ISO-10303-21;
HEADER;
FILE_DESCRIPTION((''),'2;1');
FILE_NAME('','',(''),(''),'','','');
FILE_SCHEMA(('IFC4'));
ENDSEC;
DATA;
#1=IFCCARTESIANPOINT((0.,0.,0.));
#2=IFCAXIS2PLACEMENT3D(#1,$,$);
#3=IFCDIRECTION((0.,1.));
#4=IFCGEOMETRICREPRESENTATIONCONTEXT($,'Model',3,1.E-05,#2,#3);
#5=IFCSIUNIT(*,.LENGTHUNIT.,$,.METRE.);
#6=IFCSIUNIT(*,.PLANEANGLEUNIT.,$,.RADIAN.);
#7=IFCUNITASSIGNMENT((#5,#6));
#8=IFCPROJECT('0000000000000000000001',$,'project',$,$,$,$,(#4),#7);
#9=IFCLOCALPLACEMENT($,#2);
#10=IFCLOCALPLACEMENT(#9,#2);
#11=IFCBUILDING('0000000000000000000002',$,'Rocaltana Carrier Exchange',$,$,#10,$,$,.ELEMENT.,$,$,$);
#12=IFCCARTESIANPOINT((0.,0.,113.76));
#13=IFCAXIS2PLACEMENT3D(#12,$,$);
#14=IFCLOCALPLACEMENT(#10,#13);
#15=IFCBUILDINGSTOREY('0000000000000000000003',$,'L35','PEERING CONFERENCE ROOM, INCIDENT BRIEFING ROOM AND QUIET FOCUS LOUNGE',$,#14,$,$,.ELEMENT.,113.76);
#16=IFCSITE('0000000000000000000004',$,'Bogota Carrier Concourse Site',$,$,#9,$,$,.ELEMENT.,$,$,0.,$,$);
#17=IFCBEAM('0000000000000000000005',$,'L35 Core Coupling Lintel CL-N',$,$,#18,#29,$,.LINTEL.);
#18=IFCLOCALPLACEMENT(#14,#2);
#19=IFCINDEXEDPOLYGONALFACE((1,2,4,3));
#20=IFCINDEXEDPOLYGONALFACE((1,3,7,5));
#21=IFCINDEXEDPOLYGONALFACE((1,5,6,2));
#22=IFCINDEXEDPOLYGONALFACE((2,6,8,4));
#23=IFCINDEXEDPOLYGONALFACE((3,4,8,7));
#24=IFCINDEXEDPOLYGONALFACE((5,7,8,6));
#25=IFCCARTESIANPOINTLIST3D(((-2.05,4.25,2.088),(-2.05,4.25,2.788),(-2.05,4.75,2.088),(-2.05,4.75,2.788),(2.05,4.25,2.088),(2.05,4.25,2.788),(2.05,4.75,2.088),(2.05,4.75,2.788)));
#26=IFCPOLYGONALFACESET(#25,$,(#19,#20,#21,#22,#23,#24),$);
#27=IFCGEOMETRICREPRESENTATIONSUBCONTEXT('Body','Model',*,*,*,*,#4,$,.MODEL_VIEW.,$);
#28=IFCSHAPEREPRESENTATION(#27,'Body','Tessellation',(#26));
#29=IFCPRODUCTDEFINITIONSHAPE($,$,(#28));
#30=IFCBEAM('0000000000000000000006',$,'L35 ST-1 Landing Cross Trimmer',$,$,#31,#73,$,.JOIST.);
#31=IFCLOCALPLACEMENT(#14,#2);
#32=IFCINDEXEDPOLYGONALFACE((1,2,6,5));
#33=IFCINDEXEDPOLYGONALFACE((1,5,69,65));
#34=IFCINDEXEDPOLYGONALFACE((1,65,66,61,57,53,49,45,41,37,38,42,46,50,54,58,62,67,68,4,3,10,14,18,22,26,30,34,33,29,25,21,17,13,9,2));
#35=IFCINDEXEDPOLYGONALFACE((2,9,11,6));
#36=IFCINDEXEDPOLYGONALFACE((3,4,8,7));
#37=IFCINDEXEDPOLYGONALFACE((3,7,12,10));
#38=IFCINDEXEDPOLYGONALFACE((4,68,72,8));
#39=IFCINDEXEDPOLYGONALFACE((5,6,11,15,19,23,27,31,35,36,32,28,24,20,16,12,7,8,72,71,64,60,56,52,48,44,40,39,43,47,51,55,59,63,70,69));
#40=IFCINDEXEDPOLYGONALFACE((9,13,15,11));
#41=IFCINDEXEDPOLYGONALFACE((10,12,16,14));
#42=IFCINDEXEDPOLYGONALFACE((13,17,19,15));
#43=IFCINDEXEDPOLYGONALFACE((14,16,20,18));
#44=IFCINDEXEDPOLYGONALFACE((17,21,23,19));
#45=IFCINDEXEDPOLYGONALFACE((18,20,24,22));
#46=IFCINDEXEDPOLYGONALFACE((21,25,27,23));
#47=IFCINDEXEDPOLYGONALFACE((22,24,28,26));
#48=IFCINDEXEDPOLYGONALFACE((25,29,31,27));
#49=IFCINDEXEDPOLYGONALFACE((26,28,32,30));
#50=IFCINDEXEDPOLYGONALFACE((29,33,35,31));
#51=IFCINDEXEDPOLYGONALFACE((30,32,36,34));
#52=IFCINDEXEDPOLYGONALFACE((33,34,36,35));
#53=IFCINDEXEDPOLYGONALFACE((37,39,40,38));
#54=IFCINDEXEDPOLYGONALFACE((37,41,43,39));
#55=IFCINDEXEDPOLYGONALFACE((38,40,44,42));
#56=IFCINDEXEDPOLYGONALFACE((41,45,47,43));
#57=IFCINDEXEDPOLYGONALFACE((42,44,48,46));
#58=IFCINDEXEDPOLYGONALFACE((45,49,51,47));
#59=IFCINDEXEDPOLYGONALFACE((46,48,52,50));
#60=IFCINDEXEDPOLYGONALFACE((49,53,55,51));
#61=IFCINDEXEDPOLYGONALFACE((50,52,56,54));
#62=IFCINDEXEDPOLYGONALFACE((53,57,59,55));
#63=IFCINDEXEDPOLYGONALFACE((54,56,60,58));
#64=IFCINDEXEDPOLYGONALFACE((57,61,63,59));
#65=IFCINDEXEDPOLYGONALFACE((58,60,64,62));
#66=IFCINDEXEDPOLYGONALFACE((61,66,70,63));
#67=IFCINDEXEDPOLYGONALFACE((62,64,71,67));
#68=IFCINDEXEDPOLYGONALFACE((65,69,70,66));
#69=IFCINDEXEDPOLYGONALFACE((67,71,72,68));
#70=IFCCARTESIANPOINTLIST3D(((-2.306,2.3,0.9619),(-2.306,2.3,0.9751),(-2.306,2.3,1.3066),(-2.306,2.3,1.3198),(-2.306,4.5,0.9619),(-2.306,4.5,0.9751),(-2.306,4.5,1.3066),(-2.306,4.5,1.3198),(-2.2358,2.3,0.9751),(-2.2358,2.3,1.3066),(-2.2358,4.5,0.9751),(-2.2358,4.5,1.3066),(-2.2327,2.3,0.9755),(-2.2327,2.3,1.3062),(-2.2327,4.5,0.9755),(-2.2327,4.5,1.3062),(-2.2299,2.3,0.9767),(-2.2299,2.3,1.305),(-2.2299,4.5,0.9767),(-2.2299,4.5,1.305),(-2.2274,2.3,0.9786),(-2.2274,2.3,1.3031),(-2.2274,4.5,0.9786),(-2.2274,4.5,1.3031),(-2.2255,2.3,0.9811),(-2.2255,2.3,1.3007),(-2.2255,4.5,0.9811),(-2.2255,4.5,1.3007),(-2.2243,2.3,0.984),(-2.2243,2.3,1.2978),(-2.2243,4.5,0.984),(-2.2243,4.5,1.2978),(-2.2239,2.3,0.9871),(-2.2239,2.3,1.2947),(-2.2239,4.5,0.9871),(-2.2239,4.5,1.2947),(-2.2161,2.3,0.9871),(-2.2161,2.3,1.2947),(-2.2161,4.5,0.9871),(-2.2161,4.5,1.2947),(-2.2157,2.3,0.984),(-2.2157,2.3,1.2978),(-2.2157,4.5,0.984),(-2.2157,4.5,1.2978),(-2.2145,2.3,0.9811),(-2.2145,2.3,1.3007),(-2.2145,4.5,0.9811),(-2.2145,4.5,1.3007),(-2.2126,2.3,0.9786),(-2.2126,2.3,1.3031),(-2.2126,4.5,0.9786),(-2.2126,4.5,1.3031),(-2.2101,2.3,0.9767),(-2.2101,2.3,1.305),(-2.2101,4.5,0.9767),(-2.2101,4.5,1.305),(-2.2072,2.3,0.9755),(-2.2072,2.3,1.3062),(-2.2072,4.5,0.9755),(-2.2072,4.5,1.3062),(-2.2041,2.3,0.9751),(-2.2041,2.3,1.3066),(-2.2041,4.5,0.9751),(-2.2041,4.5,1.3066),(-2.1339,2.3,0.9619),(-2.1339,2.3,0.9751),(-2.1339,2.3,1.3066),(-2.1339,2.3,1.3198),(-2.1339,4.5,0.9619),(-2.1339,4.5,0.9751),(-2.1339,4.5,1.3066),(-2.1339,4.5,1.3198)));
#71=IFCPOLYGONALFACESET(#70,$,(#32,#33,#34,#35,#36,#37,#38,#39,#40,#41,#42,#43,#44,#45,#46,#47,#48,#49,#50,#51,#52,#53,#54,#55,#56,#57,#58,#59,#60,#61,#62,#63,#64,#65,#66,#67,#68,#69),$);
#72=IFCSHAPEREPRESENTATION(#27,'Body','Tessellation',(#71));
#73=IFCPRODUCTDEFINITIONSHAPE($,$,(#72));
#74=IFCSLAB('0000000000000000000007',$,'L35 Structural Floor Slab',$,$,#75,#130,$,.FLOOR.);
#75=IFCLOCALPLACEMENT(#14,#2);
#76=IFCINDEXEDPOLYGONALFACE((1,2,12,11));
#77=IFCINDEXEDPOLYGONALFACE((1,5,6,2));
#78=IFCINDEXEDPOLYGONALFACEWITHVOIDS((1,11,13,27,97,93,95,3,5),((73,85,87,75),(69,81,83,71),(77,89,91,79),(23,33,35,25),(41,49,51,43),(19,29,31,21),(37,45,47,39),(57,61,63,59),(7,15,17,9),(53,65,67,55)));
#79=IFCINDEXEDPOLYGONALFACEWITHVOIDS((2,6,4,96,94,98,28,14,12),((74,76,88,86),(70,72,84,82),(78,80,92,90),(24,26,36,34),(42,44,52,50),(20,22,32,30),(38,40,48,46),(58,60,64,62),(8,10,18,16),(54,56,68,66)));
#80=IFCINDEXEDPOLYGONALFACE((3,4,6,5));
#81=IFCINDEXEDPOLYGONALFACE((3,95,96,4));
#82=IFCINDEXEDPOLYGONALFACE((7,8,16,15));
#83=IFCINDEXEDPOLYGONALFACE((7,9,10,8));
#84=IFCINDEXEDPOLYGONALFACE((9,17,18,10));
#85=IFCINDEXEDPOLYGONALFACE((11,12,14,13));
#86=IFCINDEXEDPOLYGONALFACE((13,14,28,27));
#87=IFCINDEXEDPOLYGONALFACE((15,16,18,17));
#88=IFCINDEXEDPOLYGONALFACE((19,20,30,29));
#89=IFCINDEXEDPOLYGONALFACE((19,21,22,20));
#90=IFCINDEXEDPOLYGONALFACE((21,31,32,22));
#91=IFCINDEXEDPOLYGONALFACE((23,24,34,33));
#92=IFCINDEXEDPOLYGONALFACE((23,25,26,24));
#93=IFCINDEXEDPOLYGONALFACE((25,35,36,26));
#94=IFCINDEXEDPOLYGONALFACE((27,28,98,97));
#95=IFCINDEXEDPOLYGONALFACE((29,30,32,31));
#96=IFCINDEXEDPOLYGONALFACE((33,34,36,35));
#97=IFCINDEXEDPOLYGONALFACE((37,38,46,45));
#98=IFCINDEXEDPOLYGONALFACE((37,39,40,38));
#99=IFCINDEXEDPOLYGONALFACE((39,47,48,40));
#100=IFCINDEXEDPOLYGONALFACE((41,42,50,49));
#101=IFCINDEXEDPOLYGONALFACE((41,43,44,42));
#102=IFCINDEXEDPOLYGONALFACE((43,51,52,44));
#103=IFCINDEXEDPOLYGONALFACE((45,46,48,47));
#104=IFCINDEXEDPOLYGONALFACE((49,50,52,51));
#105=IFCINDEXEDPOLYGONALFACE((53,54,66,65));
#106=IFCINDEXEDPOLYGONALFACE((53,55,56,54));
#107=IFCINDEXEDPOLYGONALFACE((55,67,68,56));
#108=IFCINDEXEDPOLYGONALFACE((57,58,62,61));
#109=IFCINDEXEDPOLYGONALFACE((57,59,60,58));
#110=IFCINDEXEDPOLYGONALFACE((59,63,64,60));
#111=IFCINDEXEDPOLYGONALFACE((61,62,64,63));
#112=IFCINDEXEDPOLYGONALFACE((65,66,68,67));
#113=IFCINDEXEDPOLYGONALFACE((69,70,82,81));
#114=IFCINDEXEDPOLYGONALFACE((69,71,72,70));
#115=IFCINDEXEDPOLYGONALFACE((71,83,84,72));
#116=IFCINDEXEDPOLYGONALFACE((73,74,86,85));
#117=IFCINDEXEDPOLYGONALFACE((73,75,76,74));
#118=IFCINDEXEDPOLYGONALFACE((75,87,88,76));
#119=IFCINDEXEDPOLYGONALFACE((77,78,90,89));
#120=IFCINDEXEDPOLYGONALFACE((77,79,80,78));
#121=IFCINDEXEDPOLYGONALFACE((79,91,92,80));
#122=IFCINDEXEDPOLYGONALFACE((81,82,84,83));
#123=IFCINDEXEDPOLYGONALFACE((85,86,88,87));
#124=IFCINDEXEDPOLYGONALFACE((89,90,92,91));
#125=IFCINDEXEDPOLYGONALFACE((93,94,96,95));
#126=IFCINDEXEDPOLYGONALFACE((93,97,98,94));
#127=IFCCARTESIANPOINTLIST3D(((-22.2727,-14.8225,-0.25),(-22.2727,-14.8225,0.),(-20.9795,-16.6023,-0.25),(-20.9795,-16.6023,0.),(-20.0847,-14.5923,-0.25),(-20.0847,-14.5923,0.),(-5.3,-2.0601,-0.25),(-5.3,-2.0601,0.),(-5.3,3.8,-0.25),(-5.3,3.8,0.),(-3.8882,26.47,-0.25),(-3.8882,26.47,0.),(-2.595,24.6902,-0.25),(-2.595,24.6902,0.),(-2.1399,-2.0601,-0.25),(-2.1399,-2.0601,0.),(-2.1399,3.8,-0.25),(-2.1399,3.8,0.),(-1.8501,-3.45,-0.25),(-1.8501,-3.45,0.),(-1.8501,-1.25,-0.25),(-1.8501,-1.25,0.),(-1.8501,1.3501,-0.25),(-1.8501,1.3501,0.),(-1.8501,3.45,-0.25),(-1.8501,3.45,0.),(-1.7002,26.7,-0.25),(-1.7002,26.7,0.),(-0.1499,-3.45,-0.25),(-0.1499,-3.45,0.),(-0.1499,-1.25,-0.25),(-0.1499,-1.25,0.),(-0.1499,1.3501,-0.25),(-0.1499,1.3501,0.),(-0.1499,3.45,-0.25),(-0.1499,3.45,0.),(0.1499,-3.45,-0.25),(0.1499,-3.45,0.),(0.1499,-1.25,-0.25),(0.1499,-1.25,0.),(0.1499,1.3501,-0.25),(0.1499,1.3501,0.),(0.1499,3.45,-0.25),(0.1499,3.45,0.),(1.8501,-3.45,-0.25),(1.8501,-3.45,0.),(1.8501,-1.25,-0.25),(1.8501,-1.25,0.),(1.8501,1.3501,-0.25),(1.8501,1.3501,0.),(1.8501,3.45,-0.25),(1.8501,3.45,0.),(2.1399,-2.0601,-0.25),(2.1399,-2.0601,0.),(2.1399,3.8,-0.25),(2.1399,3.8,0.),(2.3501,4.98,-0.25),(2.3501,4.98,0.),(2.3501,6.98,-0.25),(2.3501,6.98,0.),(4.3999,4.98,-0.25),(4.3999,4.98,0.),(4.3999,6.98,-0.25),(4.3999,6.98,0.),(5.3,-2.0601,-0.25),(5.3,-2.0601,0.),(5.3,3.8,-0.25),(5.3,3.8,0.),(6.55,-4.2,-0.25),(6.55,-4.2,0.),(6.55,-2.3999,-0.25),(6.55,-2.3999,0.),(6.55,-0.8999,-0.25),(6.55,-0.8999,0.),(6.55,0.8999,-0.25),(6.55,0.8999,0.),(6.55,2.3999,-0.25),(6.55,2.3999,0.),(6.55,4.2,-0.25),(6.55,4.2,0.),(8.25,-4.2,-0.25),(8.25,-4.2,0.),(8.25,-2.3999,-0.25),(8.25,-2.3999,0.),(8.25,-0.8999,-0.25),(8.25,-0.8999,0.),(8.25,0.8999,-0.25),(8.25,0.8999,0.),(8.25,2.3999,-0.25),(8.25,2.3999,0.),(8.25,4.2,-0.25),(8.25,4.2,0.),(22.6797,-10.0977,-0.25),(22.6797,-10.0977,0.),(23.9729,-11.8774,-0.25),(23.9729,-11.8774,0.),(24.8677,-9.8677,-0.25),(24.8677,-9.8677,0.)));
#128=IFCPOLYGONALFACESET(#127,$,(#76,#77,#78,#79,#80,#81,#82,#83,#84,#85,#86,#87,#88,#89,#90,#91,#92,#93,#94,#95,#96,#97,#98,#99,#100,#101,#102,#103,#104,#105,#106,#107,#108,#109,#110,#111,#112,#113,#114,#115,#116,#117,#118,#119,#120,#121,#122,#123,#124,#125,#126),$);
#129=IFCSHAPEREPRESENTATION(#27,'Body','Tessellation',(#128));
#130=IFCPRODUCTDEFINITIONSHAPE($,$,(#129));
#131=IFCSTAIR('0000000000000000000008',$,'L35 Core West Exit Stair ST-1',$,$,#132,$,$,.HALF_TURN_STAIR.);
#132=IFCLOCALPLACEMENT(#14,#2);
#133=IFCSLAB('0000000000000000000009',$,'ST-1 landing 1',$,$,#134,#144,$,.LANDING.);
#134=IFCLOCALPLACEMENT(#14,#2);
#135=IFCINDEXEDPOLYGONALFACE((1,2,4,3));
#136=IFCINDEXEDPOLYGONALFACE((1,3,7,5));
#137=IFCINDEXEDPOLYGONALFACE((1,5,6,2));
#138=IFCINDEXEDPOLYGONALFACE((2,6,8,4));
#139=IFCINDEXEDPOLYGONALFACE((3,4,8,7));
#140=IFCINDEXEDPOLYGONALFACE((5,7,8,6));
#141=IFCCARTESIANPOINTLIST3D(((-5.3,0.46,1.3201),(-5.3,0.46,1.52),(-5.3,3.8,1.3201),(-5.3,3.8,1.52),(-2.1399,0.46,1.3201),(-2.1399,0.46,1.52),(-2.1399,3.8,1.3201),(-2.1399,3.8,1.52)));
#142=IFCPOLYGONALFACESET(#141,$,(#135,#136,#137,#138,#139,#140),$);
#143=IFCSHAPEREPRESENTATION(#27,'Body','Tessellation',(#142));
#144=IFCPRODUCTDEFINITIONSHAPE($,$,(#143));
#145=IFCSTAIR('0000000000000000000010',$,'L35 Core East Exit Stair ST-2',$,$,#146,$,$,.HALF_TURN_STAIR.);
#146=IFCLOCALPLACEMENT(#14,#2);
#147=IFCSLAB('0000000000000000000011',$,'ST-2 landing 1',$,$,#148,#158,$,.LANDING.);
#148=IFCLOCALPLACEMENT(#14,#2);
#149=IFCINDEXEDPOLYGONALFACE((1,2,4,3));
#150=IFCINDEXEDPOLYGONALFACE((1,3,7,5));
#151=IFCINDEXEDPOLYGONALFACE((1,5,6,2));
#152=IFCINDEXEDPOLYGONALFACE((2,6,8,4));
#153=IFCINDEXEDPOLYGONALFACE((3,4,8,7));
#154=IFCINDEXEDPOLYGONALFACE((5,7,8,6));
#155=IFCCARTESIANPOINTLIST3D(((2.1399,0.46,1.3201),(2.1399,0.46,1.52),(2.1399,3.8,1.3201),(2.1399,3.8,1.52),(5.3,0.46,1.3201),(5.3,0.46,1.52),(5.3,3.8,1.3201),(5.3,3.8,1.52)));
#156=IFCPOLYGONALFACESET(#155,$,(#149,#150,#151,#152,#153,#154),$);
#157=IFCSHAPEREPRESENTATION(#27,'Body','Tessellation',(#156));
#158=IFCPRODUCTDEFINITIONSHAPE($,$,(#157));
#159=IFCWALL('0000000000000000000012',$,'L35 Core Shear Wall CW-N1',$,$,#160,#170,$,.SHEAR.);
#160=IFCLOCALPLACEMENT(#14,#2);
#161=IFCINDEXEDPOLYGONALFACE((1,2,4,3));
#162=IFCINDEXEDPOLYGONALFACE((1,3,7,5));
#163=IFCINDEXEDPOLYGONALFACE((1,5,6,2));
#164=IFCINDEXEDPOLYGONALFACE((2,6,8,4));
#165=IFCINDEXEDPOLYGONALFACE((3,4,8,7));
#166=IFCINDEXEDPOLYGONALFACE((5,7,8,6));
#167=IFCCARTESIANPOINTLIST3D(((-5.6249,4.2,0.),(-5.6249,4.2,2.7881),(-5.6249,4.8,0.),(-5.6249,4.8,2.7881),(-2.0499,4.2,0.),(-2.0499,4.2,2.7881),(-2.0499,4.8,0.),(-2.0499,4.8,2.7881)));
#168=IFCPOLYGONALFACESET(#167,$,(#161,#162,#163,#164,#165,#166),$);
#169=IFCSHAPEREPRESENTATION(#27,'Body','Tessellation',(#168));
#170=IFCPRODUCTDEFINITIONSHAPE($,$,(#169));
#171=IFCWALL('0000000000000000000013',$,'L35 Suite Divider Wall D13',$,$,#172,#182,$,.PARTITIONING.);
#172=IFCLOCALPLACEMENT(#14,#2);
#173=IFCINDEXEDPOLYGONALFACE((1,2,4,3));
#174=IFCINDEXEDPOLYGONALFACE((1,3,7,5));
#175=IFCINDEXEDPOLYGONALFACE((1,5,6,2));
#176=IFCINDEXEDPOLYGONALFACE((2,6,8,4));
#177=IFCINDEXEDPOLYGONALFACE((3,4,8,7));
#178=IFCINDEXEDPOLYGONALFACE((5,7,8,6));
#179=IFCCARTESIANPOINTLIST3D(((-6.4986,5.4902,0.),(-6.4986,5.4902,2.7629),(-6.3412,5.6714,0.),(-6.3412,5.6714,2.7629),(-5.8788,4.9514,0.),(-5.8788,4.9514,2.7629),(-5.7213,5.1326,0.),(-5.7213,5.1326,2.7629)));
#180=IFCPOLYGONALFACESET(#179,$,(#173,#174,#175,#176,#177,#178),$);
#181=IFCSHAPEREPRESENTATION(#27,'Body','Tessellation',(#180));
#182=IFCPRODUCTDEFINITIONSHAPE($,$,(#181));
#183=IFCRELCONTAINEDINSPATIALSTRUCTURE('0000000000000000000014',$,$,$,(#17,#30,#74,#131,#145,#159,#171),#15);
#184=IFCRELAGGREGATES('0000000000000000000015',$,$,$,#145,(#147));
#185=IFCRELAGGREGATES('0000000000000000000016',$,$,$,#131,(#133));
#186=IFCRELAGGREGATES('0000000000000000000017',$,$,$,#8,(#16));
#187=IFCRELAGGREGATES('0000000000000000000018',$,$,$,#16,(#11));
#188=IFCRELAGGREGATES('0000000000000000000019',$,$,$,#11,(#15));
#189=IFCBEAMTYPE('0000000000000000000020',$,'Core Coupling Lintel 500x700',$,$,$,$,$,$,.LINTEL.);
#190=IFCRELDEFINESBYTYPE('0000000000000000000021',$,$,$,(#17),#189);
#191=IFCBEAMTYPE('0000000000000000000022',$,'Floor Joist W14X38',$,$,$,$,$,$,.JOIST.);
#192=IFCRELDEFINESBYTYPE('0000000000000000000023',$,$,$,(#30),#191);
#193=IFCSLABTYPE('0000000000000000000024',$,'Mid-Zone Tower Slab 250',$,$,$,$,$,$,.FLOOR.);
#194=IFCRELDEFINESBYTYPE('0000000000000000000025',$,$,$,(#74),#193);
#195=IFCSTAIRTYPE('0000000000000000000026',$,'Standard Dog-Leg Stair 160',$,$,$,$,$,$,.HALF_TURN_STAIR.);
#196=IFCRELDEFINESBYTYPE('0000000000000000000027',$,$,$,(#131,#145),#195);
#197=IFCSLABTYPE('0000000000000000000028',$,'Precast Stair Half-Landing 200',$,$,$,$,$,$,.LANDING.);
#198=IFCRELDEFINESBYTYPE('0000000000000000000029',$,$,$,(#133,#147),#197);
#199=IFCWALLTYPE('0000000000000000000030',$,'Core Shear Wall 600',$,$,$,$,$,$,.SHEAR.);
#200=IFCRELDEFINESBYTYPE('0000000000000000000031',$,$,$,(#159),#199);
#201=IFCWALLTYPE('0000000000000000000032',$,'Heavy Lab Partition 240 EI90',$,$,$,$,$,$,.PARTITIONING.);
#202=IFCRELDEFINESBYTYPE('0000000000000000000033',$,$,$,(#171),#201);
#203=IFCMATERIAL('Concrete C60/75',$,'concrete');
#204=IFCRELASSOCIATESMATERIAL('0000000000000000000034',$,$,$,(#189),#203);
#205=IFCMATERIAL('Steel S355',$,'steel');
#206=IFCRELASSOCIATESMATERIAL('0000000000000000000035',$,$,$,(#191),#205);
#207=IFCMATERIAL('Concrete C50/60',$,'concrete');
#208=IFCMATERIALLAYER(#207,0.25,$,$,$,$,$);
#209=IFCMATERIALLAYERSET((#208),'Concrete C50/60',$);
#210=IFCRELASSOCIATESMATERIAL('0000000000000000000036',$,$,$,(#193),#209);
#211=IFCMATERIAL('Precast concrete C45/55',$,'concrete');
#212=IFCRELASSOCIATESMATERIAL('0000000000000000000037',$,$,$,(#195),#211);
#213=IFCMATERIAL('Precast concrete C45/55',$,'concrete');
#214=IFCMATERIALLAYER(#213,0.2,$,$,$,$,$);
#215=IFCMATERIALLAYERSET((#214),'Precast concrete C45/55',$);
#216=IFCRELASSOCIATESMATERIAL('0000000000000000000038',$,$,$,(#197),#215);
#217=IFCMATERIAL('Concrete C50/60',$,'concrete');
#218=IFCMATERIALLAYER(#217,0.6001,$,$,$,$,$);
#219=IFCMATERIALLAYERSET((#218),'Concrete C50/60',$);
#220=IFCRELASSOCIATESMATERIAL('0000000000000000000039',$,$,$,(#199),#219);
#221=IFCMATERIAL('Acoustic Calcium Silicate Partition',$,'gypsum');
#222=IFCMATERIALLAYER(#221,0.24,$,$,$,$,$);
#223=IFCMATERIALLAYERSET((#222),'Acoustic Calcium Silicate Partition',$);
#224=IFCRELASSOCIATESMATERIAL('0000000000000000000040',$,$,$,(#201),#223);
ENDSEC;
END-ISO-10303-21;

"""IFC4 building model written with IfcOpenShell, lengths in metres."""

from ifc_helpers import new_model, si_unit, direction, frame, frame_2d, origin, origin_2d, place, context, subcontext, project, spatial, polyline, rectangle, i_section, outline, extrude, material, layer, layer_set, material_profile, profile_set, type_object, element, aggregate, save


model = new_model("IFC4")

# Units and contexts
model_context = context("Model", 3, precision=1e-05, world=origin(), true_north=direction((0.0, 1.0)))
body_context = subcontext(model_context, "Body", "Model", "MODEL_VIEW")
ifc_project = project(units=[si_unit("LENGTHUNIT", "METRE"), si_unit("PLANEANGLEUNIT", "RADIAN")], contexts=[model_context])

# Site, building, storey
site_placement = place(None, origin())
site = spatial("IfcSite", under=ifc_project, at=site_placement, Name="Bogota Carrier Concourse Site", CompositionType="ELEMENT", RefElevation=0.0)
building_placement = place(site_placement, origin())
building = spatial("IfcBuilding", under=site, at=building_placement, Name="Rocaltana Carrier Exchange", CompositionType="ELEMENT")
storey_placement = place(building_placement, frame((0.0, 0.0, 113.76)))
storey = spatial("IfcBuildingStorey", under=building, at=storey_placement, Name="L35", Description="PEERING CONFERENCE ROOM, INCIDENT BRIEFING ROOM AND QUIET FOCUS LOUNGE", CompositionType="ELEMENT", Elevation=113.76)

# Beams
ifc_material_1 = material(Name="Concrete C60/75", Category="concrete")
ifc_material_profile_1 = material_profile(ifc_material_1, rectangle(XDim=0.5, YDim=0.7, at=origin_2d()), Name="RC-BM-500X700")
ifc_profile_set_1 = profile_set([ifc_material_profile_1], Name="Concrete C60/75")
beam_type_1 = type_object("IfcBeamType", Name="Core Coupling Lintel 500x700", PredefinedType="LINTEL", material=ifc_profile_set_1)
beam_1_placement = place(storey_placement, frame((-2.05, 4.5, 2.438), z_axis=(1.0, 0.0, 0.0), x_axis=(0.0, 1.0, 0.0)))
element("IfcBeam", 1, at=beam_1_placement, inside=storey, type_object=beam_type_1, Name="L35 Core Coupling Lintel CL-N", PredefinedType="LINTEL", context=body_context, shape_type="SweptSolid", body=[
    extrude(rectangle(XDim=0.5, YDim=0.7, at=origin_2d()), origin(), (0.0, 0.0, 1.0), 4.1001),
])
ifc_material_2 = material(Name="Steel S355", Category="steel")
ifc_material_profile_2 = material_profile(ifc_material_2, i_section(OverallWidth=0.1721, OverallDepth=0.3579, WebThickness=0.0078, FlangeThickness=0.0132, FilletRadius=0.012, at=origin_2d()), Name="W14X38")
ifc_profile_set_2 = profile_set([ifc_material_profile_2], Name="Steel S355")
beam_type_2 = type_object("IfcBeamType", Name="Floor Joist W14X38", PredefinedType="JOIST", material=ifc_profile_set_2)
beam_2_placement = place(storey_placement, frame((-2.22, 2.3, 1.1409), z_axis=(0.0, 1.0, 0.0), x_axis=(-1.0, 0.0, 0.0)))
element("IfcBeam", 2, at=beam_2_placement, inside=storey, type_object=beam_type_2, Name="L35 ST-1 Landing Cross Trimmer", PredefinedType="JOIST", context=body_context, shape_type="SweptSolid", body=[
    extrude(i_section(OverallWidth=0.1721, OverallDepth=0.3579, WebThickness=0.0078, FlangeThickness=0.0132, FilletRadius=0.012, at=origin_2d()), origin(), (0.0, 0.0, 1.0), 2.2),
])

# Slab
ifc_material_3 = material(Name="Concrete C50/60", Category="concrete")
ifc_layer_1 = layer(ifc_material_3, 0.25)
ifc_layer_set_1 = layer_set([ifc_layer_1], Name="Concrete C50/60")
slab_type_1 = type_object("IfcSlabType", Name="Mid-Zone Tower Slab 250", PredefinedType="FLOOR", material=ifc_layer_set_1)
slab_1_placement = place(storey_placement, frame((0.0, 0.0, -0.25)))
element("IfcSlab", 3, at=slab_1_placement, inside=storey, type_object=slab_type_1, Name="L35 Structural Floor Slab", PredefinedType="FLOOR", context=body_context, shape_type="SweptSolid", body=[
    extrude(outline(polyline([(23.9729, -11.8774), (22.6797, -10.0977), (24.8677, -9.8677), (-1.7002, 26.7), (-2.595, 24.6902), (-3.8882, 26.47), (-22.2727, -14.8225), (-20.0847, -14.5923), (-20.9795, -16.6023), (23.9729, -11.8774)]), holes=[polyline([(-5.3, -2.0601), (-2.1399, -2.0601), (-2.1399, 3.8), (-5.3, 3.8), (-5.3, -2.0601)]), polyline([(2.1399, -2.0601), (5.3, -2.0601), (5.3, 3.8), (2.1399, 3.8), (2.1399, -2.0601)]), polyline([(-1.8501, -3.45), (-0.1499, -3.45), (-0.1499, -1.25), (-1.8501, -1.25), (-1.8501, -3.45)]), polyline([(0.1499, -3.45), (1.8501, -3.45), (1.8501, -1.25), (0.1499, -1.25), (0.1499, -3.45)]), polyline([(2.3501, 4.98), (4.3999, 4.98), (4.3999, 6.98), (2.3501, 6.98), (2.3501, 4.98)]), polyline([(-1.8501, 1.3501), (-0.1499, 1.3501), (-0.1499, 3.45), (-1.8501, 3.45), (-1.8501, 1.3501)]), polyline([(0.1499, 1.3501), (1.8501, 1.3501), (1.8501, 3.45), (0.1499, 3.45), (0.1499, 1.3501)]), polyline([(6.55, -4.2), (8.25, -4.2), (8.25, -2.3999), (6.55, -2.3999), (6.55, -4.2)]), polyline([(6.55, -0.8999), (8.25, -0.8999), (8.25, 0.8999), (6.55, 0.8999), (6.55, -0.8999)]), polyline([(6.55, 2.3999), (8.25, 2.3999), (8.25, 4.2), (6.55, 4.2), (6.55, 2.3999)])]), origin(), (0.0, 0.0, 1.0), 0.25),
])

# Stairs, slabs
ifc_material_4 = material(Name="Precast concrete C45/55", Category="concrete")
stair_type = type_object("IfcStairType", Name="Standard Dog-Leg Stair 160", PredefinedType="HALF_TURN_STAIR", material=ifc_material_4)
stair_1_placement = place(storey_placement, origin())
stair_1 = element("IfcStair", 4, at=stair_1_placement, inside=storey, type_object=stair_type, Name="L35 Core West Exit Stair ST-1", PredefinedType="HALF_TURN_STAIR")
ifc_material_5 = material(Name="Precast concrete C45/55", Category="concrete")
ifc_layer_2 = layer(ifc_material_5, 0.2)
ifc_layer_set_2 = layer_set([ifc_layer_2], Name="Precast concrete C45/55")
slab_type_2 = type_object("IfcSlabType", Name="Precast Stair Half-Landing 200", PredefinedType="LANDING", material=ifc_layer_set_2)
slab_2_placement = place(storey_placement, frame((0.0, 0.0, 1.3201)))
slab_2 = element("IfcSlab", 5, at=slab_2_placement, type_object=slab_type_2, Name="ST-1 landing 1", PredefinedType="LANDING", context=body_context, shape_type="SweptSolid", body=[
    extrude(outline(polyline([(-2.1399, 0.46), (-2.1399, 3.8), (-5.3, 3.8), (-5.3, 0.46), (-2.1399, 0.46)])), origin(), (0.0, 0.0, 1.0), 0.2),
])
stair_2_placement = place(storey_placement, origin())
stair_2 = element("IfcStair", 6, at=stair_2_placement, inside=storey, type_object=stair_type, Name="L35 Core East Exit Stair ST-2", PredefinedType="HALF_TURN_STAIR")
slab_3_placement = place(storey_placement, frame((0.0, 0.0, 1.3201)))
slab_3 = element("IfcSlab", 7, at=slab_3_placement, type_object=slab_type_2, Name="ST-2 landing 1", PredefinedType="LANDING", context=body_context, shape_type="SweptSolid", body=[
    extrude(outline(polyline([(5.3, 0.46), (5.3, 3.8), (2.1399, 3.8), (2.1399, 0.46), (5.3, 0.46)])), origin(), (0.0, 0.0, 1.0), 0.2),
])
aggregate(stair_2, [slab_3])

# Walls
ifc_material_6 = material(Name="Concrete C50/60", Category="concrete")
ifc_layer_3 = layer(ifc_material_6, 0.6001)
ifc_layer_set_3 = layer_set([ifc_layer_3], Name="Concrete C50/60")
wall_type_1 = type_object("IfcWallType", Name="Core Shear Wall 600", PredefinedType="SHEAR", material=ifc_layer_set_3)
wall_1_placement = place(storey_placement, frame((-5.625, 4.5, 0.0), z_axis=(0.0, 0.0, 1.0), x_axis=(1.0, 0.0, 0.0)))
element("IfcWall", 8, at=wall_1_placement, inside=storey, type_object=wall_type_1, Name="L35 Core Shear Wall CW-N1", PredefinedType="SHEAR", context=body_context, shape_type="SweptSolid", body=[
    extrude(rectangle(XDim=3.575, YDim=0.6001, at=frame_2d((1.7876, 0.0))), origin(), (0.0, 0.0, 1.0), 2.7881),
])
ifc_material_7 = material(Name="Acoustic Calcium Silicate Partition", Category="gypsum")
ifc_layer_4 = layer(ifc_material_7, 0.24)
ifc_layer_set_4 = layer_set([ifc_layer_4], Name="Acoustic Calcium Silicate Partition")
wall_type_2 = type_object("IfcWallType", Name="Heavy Lab Partition 240 EI90", PredefinedType="PARTITIONING", material=ifc_layer_set_4)
wall_2_placement = place(storey_placement, frame((-5.8, 5.042, 0.0), z_axis=(0.0, 0.0, 1.0), x_axis=(-0.754727, 0.656039, 0.0)))
element("IfcWall", 9, at=wall_2_placement, inside=storey, type_object=wall_type_2, Name="L35 Suite Divider Wall D13", PredefinedType="PARTITIONING", context=body_context, shape_type="SweptSolid", body=[
    extrude(rectangle(XDim=0.8213, YDim=0.24, at=frame_2d((0.4106, 0.0))), origin(), (0.0, 0.0, 1.0), 2.7629),
])

aggregate(stair_1, [slab_2])

save(model, "model.ifc")
